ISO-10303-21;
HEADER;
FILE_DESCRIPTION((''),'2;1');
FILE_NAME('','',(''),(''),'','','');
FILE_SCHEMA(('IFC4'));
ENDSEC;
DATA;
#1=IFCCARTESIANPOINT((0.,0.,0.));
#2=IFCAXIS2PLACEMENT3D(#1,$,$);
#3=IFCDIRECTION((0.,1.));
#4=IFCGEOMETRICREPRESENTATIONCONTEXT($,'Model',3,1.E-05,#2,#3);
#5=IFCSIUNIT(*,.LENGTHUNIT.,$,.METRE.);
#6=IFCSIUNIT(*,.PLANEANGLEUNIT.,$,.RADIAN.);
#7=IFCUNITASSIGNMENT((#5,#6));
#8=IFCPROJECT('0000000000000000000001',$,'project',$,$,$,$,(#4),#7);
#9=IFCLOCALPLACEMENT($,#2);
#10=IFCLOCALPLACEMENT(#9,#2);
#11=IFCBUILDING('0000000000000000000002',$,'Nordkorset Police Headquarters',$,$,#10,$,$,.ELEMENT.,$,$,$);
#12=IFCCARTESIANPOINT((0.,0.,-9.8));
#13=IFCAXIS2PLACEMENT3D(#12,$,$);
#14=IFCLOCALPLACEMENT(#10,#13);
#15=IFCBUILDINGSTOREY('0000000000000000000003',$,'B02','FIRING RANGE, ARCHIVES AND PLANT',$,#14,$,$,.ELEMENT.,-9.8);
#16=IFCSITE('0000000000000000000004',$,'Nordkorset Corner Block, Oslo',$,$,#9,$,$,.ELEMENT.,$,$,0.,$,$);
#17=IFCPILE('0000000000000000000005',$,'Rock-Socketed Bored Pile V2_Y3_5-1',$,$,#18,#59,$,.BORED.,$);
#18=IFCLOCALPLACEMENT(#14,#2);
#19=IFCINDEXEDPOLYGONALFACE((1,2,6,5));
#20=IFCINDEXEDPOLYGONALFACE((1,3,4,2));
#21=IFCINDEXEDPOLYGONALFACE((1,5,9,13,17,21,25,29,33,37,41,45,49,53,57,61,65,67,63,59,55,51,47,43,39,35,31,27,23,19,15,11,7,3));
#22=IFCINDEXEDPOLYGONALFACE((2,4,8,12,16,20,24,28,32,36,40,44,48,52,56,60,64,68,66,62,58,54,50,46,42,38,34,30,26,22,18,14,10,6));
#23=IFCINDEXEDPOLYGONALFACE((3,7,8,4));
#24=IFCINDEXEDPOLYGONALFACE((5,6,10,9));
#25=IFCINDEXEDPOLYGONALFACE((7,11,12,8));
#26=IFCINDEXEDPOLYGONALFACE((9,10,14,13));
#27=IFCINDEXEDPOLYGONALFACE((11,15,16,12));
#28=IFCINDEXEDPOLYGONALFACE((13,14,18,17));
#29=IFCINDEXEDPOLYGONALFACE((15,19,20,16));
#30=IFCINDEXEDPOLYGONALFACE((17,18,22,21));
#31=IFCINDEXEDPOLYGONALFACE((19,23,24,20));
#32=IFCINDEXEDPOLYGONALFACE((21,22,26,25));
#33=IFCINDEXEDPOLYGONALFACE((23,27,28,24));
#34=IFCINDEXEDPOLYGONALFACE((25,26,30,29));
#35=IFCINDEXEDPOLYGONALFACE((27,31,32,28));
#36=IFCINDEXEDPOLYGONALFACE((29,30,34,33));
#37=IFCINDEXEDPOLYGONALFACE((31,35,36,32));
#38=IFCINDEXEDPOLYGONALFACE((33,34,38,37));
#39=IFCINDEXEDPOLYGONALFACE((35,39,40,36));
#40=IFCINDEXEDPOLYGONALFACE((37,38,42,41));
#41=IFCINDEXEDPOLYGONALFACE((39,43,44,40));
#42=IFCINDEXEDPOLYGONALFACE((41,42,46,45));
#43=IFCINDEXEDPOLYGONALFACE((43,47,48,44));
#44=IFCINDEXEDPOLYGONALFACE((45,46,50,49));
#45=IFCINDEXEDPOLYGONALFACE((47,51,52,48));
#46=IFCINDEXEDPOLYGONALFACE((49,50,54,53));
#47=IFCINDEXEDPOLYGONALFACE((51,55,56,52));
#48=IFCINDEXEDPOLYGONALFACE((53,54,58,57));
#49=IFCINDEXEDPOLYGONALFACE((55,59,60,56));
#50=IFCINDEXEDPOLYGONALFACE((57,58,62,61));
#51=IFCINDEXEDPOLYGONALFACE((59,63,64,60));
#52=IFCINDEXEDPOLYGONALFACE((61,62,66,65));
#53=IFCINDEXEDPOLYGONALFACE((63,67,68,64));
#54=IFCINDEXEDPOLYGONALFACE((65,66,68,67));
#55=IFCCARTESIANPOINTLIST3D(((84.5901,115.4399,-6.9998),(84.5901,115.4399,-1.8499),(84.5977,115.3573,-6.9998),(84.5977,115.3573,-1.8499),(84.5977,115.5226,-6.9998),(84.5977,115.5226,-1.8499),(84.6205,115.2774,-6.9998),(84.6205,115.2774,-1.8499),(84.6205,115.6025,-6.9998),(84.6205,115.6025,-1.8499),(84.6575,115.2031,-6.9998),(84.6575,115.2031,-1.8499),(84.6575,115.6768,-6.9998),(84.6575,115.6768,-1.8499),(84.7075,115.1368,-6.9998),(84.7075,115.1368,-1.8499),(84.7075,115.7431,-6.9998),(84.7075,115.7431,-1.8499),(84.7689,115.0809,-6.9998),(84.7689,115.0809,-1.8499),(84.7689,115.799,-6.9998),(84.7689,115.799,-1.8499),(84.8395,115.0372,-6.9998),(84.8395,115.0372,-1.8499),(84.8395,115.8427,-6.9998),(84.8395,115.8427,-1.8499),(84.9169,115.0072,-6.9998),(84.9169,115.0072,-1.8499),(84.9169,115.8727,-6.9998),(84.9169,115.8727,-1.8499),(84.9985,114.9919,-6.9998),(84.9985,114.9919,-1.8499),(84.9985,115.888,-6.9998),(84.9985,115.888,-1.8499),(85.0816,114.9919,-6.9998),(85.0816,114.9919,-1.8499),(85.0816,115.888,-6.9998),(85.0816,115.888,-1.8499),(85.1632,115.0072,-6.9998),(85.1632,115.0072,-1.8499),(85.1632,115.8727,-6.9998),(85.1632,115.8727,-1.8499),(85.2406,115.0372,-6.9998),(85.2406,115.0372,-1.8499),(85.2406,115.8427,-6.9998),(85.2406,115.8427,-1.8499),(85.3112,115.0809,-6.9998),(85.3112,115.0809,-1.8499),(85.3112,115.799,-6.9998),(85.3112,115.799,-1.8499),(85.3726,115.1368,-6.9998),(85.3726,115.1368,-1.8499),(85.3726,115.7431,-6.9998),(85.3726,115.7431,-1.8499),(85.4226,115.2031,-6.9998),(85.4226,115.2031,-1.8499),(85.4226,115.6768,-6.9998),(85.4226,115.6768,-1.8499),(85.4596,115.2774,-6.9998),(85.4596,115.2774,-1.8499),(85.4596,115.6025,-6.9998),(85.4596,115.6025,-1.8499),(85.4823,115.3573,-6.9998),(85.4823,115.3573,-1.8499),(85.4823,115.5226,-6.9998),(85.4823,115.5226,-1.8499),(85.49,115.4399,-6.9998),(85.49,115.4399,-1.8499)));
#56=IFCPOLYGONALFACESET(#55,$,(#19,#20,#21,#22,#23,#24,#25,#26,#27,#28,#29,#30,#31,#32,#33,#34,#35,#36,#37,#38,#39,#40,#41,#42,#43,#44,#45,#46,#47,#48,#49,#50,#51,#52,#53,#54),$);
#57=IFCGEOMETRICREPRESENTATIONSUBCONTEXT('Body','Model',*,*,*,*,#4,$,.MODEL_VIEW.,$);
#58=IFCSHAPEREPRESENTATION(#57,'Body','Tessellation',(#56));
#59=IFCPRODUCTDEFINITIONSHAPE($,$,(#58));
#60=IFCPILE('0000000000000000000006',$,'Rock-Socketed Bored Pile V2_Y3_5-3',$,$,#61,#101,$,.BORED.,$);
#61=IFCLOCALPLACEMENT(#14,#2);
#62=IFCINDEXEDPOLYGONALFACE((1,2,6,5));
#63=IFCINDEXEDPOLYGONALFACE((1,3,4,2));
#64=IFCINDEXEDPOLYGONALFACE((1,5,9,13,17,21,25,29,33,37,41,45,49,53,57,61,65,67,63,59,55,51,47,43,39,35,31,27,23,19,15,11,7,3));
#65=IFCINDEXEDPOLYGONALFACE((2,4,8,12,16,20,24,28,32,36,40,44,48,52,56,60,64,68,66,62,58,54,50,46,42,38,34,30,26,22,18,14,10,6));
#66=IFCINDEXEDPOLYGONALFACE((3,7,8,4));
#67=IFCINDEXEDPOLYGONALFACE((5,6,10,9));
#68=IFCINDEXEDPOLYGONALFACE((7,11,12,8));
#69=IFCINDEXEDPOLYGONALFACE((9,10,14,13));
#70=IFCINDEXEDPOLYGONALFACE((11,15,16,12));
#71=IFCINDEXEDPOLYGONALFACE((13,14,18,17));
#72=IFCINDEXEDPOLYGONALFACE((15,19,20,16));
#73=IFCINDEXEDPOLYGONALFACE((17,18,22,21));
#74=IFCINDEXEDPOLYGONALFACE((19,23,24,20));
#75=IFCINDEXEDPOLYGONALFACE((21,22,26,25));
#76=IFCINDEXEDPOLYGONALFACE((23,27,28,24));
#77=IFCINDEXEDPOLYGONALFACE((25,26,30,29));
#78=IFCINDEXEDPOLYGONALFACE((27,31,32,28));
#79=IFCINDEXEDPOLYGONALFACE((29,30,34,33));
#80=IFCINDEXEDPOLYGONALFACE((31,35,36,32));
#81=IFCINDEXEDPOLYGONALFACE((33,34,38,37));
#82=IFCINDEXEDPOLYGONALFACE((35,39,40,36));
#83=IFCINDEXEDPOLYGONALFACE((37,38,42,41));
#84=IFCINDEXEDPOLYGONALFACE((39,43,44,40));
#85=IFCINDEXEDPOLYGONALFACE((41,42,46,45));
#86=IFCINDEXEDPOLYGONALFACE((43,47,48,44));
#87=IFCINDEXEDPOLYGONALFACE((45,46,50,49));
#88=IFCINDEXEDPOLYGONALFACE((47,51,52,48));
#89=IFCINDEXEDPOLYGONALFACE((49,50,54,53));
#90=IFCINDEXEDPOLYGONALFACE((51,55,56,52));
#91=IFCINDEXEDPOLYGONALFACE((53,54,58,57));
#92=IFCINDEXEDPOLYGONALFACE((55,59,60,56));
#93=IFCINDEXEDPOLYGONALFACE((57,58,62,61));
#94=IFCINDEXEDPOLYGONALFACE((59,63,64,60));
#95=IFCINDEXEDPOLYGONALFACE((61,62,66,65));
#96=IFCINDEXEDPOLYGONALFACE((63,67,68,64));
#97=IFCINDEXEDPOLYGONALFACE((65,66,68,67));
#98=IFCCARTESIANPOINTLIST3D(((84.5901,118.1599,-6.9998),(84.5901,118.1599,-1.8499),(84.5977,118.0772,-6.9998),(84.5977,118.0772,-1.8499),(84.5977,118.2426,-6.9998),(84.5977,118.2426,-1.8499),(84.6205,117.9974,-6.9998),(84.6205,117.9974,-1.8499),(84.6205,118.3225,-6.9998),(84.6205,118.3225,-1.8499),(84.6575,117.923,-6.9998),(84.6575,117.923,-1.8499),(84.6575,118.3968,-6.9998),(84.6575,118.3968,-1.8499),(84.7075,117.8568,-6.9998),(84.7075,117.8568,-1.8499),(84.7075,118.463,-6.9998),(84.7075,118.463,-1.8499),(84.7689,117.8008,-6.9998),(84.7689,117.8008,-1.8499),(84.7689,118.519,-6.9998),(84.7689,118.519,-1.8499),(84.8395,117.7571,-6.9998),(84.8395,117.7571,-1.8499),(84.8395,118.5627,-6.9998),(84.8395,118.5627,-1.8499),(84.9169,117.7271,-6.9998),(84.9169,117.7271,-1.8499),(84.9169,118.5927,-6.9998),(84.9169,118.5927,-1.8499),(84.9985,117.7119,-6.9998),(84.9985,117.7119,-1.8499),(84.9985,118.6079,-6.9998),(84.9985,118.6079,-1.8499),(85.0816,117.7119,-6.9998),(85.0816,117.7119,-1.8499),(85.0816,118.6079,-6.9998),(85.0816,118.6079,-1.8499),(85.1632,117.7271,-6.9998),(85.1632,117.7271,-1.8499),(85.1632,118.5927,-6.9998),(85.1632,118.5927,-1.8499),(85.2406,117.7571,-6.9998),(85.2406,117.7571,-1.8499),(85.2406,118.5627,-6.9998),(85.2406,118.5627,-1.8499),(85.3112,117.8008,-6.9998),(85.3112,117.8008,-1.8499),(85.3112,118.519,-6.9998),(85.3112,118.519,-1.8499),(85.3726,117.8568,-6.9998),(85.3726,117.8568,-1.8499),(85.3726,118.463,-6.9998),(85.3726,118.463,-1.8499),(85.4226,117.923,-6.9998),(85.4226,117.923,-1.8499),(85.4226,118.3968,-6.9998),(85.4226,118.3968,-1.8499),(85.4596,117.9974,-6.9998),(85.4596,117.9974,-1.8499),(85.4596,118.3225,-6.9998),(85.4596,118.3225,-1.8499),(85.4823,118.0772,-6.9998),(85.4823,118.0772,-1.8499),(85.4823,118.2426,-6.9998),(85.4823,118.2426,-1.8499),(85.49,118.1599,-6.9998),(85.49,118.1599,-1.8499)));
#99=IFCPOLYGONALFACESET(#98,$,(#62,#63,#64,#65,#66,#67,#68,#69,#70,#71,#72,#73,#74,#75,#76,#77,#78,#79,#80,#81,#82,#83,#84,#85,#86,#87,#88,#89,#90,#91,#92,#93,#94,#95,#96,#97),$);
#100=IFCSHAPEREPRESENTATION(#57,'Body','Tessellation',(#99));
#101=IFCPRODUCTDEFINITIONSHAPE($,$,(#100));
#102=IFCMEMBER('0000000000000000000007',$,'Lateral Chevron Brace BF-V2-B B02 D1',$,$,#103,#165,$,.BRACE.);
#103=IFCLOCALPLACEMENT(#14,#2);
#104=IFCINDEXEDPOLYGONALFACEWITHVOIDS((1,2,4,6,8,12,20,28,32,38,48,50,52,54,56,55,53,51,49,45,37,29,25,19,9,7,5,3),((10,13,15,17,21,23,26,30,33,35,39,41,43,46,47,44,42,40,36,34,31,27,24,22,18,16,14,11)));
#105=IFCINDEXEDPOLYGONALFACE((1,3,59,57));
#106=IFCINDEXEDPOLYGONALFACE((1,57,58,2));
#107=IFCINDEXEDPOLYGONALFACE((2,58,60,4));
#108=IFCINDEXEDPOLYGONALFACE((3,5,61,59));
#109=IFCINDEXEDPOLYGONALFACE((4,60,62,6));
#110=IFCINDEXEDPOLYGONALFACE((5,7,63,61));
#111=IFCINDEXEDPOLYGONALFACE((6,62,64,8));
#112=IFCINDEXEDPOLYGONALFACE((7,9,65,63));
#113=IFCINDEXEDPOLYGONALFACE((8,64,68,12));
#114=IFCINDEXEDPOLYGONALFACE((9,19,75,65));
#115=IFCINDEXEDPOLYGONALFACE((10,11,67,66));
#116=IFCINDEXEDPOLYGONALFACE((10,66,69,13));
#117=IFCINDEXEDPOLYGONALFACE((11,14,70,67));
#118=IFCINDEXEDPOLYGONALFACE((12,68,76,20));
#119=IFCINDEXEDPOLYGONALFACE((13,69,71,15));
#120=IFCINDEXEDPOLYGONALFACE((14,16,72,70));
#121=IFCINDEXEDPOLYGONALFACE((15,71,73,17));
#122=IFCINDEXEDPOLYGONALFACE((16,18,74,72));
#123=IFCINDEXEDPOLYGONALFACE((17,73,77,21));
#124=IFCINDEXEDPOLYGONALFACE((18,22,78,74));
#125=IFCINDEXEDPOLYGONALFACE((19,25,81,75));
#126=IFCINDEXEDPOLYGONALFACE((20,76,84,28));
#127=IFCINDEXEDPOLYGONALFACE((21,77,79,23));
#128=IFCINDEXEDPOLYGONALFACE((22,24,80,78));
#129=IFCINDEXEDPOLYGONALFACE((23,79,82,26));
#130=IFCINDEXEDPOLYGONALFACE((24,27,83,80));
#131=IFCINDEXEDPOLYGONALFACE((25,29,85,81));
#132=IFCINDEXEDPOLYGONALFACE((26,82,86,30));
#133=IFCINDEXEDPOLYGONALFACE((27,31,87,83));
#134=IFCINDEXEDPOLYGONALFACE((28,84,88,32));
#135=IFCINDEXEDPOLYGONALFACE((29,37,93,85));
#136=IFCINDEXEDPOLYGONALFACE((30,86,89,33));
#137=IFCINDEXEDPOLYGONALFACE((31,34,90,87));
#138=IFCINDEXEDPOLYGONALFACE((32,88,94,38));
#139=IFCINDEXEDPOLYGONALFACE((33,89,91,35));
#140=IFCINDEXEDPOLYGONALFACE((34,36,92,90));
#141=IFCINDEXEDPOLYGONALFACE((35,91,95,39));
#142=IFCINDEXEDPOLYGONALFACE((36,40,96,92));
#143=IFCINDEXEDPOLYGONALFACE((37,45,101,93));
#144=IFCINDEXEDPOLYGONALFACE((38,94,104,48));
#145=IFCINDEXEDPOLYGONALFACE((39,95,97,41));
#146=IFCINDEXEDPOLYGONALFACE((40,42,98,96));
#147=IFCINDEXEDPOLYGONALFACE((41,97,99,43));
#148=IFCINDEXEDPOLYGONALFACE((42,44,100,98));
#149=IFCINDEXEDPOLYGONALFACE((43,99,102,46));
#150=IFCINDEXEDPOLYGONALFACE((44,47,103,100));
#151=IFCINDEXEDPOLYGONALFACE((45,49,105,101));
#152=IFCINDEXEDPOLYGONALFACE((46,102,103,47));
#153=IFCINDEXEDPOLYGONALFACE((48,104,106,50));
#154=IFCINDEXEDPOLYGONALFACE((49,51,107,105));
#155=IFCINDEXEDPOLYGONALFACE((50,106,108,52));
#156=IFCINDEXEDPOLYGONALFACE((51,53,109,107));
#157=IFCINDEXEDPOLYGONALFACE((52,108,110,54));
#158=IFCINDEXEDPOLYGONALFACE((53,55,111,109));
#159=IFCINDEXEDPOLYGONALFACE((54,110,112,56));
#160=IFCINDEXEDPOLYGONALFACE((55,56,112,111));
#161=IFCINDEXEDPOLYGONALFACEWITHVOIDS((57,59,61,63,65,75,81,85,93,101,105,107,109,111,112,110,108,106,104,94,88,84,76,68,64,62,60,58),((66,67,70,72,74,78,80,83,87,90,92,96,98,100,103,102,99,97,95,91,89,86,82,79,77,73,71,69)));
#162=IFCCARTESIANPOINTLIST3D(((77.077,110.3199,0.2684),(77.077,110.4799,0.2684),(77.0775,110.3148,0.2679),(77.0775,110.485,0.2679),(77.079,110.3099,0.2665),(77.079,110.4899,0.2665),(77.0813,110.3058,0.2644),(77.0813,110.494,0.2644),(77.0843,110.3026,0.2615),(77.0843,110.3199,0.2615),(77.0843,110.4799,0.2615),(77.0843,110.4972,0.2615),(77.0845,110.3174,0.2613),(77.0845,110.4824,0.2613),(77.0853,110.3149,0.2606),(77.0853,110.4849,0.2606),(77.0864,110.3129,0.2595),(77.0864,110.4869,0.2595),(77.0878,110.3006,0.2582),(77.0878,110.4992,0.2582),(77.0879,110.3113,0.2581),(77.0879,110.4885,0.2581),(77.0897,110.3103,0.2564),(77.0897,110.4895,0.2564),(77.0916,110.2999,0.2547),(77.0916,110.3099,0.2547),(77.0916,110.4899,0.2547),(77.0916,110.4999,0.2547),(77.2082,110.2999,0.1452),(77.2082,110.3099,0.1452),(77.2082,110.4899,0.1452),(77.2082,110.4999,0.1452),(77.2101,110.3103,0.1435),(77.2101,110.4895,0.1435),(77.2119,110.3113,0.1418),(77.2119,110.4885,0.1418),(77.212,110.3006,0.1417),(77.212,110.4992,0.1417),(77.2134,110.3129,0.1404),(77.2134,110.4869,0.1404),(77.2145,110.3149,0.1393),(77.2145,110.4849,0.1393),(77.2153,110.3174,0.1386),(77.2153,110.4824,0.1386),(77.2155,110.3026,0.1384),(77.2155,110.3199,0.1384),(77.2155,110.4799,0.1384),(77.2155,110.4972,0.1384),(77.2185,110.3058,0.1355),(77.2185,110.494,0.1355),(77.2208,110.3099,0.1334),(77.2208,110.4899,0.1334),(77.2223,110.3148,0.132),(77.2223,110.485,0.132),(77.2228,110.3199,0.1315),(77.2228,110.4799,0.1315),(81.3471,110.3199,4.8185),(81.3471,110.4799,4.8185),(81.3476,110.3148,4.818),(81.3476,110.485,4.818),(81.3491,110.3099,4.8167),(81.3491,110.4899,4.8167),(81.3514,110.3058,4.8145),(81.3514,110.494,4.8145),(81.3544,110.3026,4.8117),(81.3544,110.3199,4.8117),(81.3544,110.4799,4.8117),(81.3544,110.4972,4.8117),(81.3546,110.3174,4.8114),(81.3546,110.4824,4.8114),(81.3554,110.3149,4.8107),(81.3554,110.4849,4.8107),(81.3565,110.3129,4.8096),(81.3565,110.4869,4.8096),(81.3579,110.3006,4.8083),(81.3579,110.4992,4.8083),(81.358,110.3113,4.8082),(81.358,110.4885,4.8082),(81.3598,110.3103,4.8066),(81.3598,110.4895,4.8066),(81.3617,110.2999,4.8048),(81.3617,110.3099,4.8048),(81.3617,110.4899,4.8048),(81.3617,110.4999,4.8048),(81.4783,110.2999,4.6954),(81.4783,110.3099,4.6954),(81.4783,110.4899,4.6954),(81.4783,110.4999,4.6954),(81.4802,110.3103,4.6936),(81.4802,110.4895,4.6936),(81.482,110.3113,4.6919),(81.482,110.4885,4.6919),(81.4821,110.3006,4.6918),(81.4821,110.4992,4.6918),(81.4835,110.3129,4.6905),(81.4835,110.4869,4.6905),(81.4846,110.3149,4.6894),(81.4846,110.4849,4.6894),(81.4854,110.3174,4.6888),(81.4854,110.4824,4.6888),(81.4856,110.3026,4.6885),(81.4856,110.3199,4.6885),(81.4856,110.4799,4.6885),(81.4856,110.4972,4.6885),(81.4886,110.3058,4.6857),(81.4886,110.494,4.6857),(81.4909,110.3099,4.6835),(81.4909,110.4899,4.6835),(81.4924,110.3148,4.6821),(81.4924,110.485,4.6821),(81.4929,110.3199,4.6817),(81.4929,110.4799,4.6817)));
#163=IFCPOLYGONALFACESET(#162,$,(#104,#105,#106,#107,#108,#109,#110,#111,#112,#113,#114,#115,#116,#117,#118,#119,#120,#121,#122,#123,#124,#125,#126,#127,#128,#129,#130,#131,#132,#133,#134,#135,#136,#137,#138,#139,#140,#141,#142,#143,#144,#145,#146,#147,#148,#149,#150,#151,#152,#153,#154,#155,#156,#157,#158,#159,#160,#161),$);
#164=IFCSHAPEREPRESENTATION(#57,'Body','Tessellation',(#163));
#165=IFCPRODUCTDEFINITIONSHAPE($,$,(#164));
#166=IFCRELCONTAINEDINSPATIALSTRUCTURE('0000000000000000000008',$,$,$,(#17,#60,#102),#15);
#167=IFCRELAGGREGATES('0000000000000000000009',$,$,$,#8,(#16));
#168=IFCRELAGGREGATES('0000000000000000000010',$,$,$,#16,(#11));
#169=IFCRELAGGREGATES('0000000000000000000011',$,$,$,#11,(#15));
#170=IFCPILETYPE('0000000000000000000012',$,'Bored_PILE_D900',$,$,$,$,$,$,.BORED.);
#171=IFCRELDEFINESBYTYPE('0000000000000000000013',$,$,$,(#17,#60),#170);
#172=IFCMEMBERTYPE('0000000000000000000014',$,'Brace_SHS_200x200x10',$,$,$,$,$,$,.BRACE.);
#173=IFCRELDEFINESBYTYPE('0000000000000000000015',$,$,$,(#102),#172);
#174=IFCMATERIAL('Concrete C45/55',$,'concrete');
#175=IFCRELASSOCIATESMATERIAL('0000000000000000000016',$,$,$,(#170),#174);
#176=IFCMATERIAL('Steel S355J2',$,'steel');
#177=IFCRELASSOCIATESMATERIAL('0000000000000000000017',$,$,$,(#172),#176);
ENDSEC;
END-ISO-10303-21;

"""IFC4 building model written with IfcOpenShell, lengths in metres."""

from ifc_helpers import new_model, si_unit, direction, frame, origin, origin_2d, place, context, subcontext, project, spatial, hollow_rectangle, circle, extrude, material, material_profile, profile_set, type_object, element, save


model = new_model("IFC4")

# Units and contexts
model_context = context("Model", 3, precision=1e-05, world=origin(), true_north=direction((0.0, 1.0)))
body_context = subcontext(model_context, "Body", "Model", "MODEL_VIEW")
ifc_project = project(units=[si_unit("LENGTHUNIT", "METRE"), si_unit("PLANEANGLEUNIT", "RADIAN")], contexts=[model_context])

# Site, building, storey
site_placement = place(None, origin())
site = spatial("IfcSite", under=ifc_project, at=site_placement, Name="Nordkorset Corner Block, Oslo", CompositionType="ELEMENT", RefElevation=0.0)
building_placement = place(site_placement, origin())
building = spatial("IfcBuilding", under=site, at=building_placement, Name="Nordkorset Police Headquarters", CompositionType="ELEMENT")
storey_placement = place(building_placement, frame((0.0, 0.0, -9.8)))
storey = spatial("IfcBuildingStorey", under=building, at=storey_placement, Name="B02", Description="FIRING RANGE, ARCHIVES AND PLANT", CompositionType="ELEMENT", Elevation=-9.8)

# Piles
ifc_material_1 = material(Name="Concrete C45/55", Category="concrete")
ifc_material_profile_1 = material_profile(ifc_material_1, circle(Radius=0.45, at=origin_2d()), Name="PILE D900")
ifc_profile_set_1 = profile_set([ifc_material_profile_1], Name="Concrete C45/55")
pile_type = type_object("IfcPileType", Name="Bored_PILE_D900", PredefinedType="BORED", material=ifc_profile_set_1)
for number, where, z_axis, x_axis, name in (
    (1, (85.04, 115.4399, -1.8499), (0.0, 0.0, -1.0), (1.0, 0.0, 0.0), "Rock-Socketed Bored Pile V2_Y3_5-1"),
    (2, (85.04, 118.1599, -1.8499), (0.0, 0.0, -1.0), (1.0, 0.0, 0.0), "Rock-Socketed Bored Pile V2_Y3_5-3"),
):
    element("IfcPile", number, at=place(storey_placement, frame(where, z_axis=z_axis, x_axis=x_axis)), inside=storey, type_object=pile_type, Name=name, PredefinedType="BORED", context=body_context, shape_type="SweptSolid", body=[
        extrude(circle(Radius=0.45, at=origin_2d()), origin(), (0.0, 0.0, 1.0), 5.1499),
    ])

# Member
ifc_material_2 = material(Name="Steel S355J2", Category="steel")
ifc_material_profile_2 = material_profile(ifc_material_2, hollow_rectangle(XDim=0.2, YDim=0.2, WallThickness=0.01, InnerFilletRadius=0.01, OuterFilletRadius=0.02, at=origin_2d()), Name="SHS 200x200x10")
ifc_profile_set_2 = profile_set([ifc_material_profile_2], Name="Steel S355J2")
member_type = type_object("IfcMemberType", Name="Brace_SHS_200x200x10", PredefinedType="BRACE", material=ifc_profile_set_2)
for number, where, z_axis, x_axis, name in (
    (3, (77.1499, 110.3999, 0.2), (0.684312, 0.0, 0.729189), (0.0, 1.0, 0.0), "Lateral Chevron Brace BF-V2-B B02 D1"),
):
    element("IfcMember", number, at=place(storey_placement, frame(where, z_axis=z_axis, x_axis=x_axis)), inside=storey, type_object=member_type, Name=name, PredefinedType="BRACE", context=body_context, shape_type="SweptSolid", body=[
        extrude(hollow_rectangle(XDim=0.2, YDim=0.2, WallThickness=0.01, InnerFilletRadius=0.01, OuterFilletRadius=0.02, at=origin_2d()), origin(), (0.0, 0.0, 1.0), 6.24),
    ])

save(model, "model.ifc")
